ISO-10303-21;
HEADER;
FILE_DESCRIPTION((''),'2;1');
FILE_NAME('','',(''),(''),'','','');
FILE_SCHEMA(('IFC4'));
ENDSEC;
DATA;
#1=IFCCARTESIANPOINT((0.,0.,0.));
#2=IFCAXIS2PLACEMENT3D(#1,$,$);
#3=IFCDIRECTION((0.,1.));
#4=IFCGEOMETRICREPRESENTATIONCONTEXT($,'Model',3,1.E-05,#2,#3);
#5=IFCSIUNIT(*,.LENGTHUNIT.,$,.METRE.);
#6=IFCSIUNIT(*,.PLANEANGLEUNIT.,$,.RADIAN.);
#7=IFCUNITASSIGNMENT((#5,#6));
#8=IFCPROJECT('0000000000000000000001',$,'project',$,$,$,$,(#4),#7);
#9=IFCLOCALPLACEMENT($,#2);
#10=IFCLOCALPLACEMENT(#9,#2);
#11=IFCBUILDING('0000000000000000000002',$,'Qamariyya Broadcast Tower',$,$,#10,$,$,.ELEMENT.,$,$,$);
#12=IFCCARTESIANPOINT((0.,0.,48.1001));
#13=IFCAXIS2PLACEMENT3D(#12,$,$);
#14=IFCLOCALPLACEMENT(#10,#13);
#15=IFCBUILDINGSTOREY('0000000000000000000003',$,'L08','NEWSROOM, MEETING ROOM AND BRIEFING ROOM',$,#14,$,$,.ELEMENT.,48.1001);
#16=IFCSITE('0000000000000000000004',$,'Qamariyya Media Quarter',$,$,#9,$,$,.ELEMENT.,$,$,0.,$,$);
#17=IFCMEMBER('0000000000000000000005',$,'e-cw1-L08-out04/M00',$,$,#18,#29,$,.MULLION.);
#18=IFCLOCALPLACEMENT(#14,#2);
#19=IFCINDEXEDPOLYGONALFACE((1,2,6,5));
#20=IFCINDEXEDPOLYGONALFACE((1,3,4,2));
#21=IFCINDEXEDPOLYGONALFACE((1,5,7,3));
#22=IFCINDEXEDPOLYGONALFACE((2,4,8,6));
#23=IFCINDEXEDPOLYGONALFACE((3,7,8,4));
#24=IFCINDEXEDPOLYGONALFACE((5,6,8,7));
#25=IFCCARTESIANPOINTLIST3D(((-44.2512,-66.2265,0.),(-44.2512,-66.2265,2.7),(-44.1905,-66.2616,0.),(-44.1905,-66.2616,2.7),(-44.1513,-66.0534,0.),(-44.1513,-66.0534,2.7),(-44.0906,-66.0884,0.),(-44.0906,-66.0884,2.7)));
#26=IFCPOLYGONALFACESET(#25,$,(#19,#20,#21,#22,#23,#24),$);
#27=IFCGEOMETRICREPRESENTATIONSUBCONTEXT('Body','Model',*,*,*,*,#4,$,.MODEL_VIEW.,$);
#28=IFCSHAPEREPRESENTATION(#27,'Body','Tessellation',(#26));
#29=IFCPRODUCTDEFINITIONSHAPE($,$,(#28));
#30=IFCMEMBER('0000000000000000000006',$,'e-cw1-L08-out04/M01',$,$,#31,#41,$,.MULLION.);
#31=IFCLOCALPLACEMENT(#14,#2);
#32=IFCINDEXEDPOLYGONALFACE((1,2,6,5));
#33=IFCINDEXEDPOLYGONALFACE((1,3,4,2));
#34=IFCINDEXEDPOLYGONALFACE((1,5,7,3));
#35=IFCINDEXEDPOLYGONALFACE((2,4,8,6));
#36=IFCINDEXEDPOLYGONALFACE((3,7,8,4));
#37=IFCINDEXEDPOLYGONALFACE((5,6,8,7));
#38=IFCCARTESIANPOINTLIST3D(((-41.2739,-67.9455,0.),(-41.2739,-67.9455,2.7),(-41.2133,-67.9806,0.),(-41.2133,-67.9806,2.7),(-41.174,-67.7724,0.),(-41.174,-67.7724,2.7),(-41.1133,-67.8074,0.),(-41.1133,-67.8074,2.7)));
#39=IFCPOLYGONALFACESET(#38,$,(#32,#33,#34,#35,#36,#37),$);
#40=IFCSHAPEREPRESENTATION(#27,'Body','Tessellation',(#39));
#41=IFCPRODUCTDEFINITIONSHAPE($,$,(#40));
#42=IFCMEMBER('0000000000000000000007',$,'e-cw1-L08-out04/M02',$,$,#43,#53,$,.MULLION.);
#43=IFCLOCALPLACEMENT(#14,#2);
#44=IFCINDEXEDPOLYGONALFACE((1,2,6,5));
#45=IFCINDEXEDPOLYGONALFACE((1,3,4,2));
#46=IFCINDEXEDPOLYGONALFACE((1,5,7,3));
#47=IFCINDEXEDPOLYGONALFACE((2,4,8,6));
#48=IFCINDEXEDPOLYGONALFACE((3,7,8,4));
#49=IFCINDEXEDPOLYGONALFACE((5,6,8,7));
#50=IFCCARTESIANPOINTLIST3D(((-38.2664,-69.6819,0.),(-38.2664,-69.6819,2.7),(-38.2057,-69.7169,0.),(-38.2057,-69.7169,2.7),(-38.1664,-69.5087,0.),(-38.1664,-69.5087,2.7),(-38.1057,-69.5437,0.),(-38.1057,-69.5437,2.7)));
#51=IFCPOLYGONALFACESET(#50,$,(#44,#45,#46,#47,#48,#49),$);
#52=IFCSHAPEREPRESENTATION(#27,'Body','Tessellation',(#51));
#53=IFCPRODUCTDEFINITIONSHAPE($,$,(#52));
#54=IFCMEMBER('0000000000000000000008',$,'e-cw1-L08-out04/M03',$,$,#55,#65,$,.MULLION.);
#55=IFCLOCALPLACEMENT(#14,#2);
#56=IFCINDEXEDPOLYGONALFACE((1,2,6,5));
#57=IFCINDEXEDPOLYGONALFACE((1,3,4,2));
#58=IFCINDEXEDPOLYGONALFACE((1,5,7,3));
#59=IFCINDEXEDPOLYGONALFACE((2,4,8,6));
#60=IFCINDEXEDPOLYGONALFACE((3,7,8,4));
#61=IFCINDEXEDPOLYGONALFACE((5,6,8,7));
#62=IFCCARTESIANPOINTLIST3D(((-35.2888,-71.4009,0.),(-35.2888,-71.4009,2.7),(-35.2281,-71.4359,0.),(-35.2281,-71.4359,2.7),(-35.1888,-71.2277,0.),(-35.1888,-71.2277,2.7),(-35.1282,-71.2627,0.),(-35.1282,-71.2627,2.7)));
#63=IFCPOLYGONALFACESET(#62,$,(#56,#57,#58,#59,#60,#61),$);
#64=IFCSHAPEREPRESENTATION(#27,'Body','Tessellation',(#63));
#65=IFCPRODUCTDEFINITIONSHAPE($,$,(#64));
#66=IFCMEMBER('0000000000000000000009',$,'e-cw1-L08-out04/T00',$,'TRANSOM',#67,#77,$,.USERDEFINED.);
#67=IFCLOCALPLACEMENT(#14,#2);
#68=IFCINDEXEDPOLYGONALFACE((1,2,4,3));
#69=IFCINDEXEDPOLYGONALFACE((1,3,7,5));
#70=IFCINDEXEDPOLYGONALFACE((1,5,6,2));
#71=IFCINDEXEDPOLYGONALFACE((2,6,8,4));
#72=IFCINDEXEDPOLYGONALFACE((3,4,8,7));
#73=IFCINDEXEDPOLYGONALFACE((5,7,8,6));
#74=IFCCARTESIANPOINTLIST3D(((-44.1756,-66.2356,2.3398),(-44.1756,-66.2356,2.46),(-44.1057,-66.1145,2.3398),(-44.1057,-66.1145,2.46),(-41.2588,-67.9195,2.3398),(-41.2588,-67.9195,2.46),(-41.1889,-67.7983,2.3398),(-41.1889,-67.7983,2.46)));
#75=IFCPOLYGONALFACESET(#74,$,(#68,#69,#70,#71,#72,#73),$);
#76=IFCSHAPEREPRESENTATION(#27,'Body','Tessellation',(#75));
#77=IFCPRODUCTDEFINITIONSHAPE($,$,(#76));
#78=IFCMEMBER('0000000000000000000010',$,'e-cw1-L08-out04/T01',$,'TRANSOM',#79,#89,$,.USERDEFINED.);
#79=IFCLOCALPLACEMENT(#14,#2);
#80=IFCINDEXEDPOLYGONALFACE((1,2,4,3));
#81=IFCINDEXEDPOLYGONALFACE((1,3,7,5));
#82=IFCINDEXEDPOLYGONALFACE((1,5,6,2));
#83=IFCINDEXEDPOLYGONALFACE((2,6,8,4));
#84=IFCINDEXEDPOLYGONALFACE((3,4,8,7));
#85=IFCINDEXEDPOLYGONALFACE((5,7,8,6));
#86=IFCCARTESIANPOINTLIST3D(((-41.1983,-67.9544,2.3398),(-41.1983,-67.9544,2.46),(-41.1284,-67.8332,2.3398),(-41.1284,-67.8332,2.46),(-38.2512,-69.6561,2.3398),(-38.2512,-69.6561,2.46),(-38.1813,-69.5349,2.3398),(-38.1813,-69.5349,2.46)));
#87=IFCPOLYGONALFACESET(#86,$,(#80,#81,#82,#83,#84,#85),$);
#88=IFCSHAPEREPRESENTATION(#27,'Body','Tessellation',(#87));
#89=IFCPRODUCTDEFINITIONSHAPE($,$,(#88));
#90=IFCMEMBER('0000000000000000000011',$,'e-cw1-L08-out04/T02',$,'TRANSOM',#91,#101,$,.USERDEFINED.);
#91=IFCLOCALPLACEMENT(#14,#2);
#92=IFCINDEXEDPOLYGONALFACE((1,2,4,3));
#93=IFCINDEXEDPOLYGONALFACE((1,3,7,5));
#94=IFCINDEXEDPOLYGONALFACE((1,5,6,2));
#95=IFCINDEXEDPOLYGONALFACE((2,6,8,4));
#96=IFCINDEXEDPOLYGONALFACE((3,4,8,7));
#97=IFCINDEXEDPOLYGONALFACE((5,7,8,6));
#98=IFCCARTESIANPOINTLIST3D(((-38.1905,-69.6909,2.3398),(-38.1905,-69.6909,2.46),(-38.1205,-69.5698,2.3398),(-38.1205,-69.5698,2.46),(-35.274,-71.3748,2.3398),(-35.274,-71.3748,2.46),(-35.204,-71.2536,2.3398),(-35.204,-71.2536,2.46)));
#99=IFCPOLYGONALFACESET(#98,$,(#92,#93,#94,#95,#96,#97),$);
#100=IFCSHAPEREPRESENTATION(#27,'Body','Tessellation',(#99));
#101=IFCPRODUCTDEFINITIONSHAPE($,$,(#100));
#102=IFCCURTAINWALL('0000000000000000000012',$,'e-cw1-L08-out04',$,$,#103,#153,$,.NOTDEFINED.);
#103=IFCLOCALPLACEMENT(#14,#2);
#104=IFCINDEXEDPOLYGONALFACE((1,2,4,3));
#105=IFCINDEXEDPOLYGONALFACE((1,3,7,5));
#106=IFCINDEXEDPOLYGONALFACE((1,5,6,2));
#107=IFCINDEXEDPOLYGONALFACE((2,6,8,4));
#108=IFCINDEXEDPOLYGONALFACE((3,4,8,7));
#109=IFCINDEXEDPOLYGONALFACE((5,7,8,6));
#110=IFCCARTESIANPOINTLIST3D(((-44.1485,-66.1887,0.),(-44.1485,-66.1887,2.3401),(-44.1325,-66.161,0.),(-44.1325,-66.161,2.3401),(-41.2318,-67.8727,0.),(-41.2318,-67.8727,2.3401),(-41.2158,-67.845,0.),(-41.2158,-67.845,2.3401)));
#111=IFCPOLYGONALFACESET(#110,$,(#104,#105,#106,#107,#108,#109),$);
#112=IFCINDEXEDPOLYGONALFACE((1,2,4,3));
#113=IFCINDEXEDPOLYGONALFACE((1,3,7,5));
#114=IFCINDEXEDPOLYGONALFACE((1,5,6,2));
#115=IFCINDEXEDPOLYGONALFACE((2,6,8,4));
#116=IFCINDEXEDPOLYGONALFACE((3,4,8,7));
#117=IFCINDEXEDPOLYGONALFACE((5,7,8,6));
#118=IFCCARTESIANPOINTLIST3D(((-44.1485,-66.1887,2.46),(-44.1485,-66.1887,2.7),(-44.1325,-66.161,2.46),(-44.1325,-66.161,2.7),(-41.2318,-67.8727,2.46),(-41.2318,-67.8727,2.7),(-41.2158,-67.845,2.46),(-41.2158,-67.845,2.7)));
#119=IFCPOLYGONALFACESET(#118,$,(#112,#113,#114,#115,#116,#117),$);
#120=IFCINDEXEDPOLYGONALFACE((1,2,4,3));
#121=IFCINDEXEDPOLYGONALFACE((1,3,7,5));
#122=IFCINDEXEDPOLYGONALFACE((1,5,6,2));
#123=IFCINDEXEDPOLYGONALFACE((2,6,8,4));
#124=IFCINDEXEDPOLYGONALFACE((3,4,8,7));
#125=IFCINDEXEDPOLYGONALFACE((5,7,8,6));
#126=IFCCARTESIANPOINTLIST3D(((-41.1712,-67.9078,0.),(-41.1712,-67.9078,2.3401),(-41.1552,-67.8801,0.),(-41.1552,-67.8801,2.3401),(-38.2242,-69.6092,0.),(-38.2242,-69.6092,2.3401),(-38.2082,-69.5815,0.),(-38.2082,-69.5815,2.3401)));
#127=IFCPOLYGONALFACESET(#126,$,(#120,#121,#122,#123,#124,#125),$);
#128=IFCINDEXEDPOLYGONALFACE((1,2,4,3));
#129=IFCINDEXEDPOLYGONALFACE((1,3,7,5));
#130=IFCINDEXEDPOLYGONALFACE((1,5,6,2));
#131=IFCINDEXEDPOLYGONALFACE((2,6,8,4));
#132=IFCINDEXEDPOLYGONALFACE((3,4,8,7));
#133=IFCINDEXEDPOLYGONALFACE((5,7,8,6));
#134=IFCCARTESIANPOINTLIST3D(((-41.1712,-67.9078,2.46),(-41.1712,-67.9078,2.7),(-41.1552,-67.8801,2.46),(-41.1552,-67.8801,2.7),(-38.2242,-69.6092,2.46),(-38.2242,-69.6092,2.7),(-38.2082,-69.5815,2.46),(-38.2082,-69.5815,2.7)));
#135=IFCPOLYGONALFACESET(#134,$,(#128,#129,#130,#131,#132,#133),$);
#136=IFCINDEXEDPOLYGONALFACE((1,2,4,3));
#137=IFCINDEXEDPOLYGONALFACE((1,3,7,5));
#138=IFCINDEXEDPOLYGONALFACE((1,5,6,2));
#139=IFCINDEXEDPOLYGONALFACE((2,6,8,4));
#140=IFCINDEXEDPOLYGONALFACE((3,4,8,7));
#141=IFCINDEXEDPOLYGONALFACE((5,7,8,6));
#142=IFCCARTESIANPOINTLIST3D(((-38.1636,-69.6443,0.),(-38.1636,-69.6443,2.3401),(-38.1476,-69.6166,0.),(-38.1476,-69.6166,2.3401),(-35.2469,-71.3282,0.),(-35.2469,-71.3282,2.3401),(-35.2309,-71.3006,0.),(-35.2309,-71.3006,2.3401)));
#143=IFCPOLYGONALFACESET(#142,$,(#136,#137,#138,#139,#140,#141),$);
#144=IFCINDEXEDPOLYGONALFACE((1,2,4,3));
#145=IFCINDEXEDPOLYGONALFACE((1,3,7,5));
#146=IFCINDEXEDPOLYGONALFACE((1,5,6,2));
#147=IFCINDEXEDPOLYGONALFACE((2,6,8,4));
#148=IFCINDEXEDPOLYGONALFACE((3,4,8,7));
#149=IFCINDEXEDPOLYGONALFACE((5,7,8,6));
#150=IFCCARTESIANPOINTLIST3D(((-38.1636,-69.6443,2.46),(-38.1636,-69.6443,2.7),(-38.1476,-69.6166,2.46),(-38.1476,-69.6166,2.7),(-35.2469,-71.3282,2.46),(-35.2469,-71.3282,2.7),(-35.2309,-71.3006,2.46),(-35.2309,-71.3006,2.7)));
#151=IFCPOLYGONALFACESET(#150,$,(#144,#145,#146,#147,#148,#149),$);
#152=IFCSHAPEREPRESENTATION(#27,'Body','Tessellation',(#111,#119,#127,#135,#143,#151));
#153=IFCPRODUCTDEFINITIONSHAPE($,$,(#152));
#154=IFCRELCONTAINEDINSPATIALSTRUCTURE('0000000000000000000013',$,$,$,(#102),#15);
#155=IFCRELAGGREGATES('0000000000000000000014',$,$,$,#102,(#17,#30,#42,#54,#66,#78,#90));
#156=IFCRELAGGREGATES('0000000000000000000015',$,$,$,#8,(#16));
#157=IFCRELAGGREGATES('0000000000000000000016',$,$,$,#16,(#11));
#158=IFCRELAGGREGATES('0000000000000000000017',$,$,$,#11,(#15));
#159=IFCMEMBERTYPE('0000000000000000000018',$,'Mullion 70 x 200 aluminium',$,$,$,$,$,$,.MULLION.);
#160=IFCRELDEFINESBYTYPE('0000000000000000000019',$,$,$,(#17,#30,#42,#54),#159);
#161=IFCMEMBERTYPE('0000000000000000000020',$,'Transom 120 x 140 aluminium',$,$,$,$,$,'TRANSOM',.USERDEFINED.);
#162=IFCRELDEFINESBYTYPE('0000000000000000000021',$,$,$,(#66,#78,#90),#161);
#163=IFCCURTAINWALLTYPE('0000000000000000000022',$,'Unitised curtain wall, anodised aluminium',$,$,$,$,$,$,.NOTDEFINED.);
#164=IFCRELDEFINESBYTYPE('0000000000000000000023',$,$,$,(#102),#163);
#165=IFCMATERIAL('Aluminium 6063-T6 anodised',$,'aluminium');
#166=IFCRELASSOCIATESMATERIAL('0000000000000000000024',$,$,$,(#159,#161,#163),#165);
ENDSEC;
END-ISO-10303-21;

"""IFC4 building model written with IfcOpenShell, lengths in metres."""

from ifc_helpers import new_model, si_unit, direction, frame, origin, origin_2d, place, context, subcontext, project, spatial, rectangle, extrude, material, material_profile, profile_set, type_object, element, aggregate, save


model = new_model("IFC4")

# Units and contexts
model_context = context("Model", 3, precision=1e-05, world=origin(), true_north=direction((0.0, 1.0)))
body_context = subcontext(model_context, "Body", "Model", "MODEL_VIEW")
ifc_project = project(units=[si_unit("LENGTHUNIT", "METRE"), si_unit("PLANEANGLEUNIT", "RADIAN")], contexts=[model_context])

# Members
ifc_material = material(Name="Aluminium 6063-T6 anodised", Category="aluminium")
ifc_material_profile_1 = material_profile(ifc_material, rectangle(XDim=0.2, YDim=0.0701, at=origin_2d()))
ifc_profile_set_1 = profile_set([ifc_material_profile_1], Name="Aluminium 6063-T6 anodised")
member_type_1 = type_object("IfcMemberType", Name="Mullion 70 x 200 aluminium", PredefinedType="MULLION", material=ifc_profile_set_1)
site_placement = place(None, origin())
building_placement = place(site_placement, origin())
storey_placement = place(building_placement, frame((0.0, 0.0, 48.1001)))
member_1_placement = place(storey_placement, frame((-44.1709, -66.1575, 0.0), z_axis=(0.0, 0.0, 1.0), x_axis=(0.5, 0.866025, 0.0)))
member_1 = element("IfcMember", 1, at=member_1_placement, type_object=member_type_1, Name="e-cw1-L08-out04/M00", PredefinedType="MULLION", context=body_context, shape_type="SweptSolid", body=[
    extrude(rectangle(XDim=0.2, YDim=0.0701, at=origin_2d()), origin(), (0.0, 0.0, 1.0), 2.7),
])
member_2_placement = place(storey_placement, frame((-41.1936, -67.8765, 0.0), z_axis=(0.0, 0.0, 1.0), x_axis=(0.5, 0.866025, 0.0)))
member_2 = element("IfcMember", 2, at=member_2_placement, type_object=member_type_1, Name="e-cw1-L08-out04/M01", PredefinedType="MULLION", context=body_context, shape_type="SweptSolid", body=[
    extrude(rectangle(XDim=0.2, YDim=0.0701, at=origin_2d()), origin(), (0.0, 0.0, 1.0), 2.7),
])
member_3_placement = place(storey_placement, frame((-38.186, -69.6128, 0.0), z_axis=(0.0, 0.0, 1.0), x_axis=(0.5, 0.866025, 0.0)))
member_3 = element("IfcMember", 3, at=member_3_placement, type_object=member_type_1, Name="e-cw1-L08-out04/M02", PredefinedType="MULLION", context=body_context, shape_type="SweptSolid", body=[
    extrude(rectangle(XDim=0.2, YDim=0.0701, at=origin_2d()), origin(), (0.0, 0.0, 1.0), 2.7),
])
member_4_placement = place(storey_placement, frame((-35.2085, -71.3318, 0.0), z_axis=(0.0, 0.0, 1.0), x_axis=(0.5, 0.866025, 0.0)))
member_4 = element("IfcMember", 4, at=member_4_placement, type_object=member_type_1, Name="e-cw1-L08-out04/M03", PredefinedType="MULLION", context=body_context, shape_type="SweptSolid", body=[
    extrude(rectangle(XDim=0.2, YDim=0.0701, at=origin_2d()), origin(), (0.0, 0.0, 1.0), 2.7),
])
ifc_material_profile_2 = material_profile(ifc_material, rectangle(XDim=0.1399, YDim=0.1201, at=origin_2d()))
ifc_profile_set_2 = profile_set([ifc_material_profile_2], Name="Aluminium 6063-T6 anodised")
member_type_2 = type_object("IfcMemberType", Name="Transom 120 x 140 aluminium", ElementType="TRANSOM", PredefinedType="USERDEFINED", material=ifc_profile_set_2)
member_5_placement = place(storey_placement, frame((-44.1406, -66.175, 2.3999), z_axis=(0.866044, -0.499967, 0.0), x_axis=(0.499967, 0.866044, 0.0)))
member_5 = element("IfcMember", 5, at=member_5_placement, type_object=member_type_2, Name="e-cw1-L08-out04/T00", ObjectType="TRANSOM", PredefinedType="USERDEFINED", context=body_context, shape_type="SweptSolid", body=[
    extrude(rectangle(XDim=0.1399, YDim=0.1201, at=origin_2d()), origin(), (0.0, 0.0, 1.0), 3.3679),
])
member_6_placement = place(storey_placement, frame((-41.1633, -67.8938, 2.3999), z_axis=(0.866, -0.500043, 0.0), x_axis=(0.500043, 0.866, 0.0)))
member_6 = element("IfcMember", 6, at=member_6_placement, type_object=member_type_2, Name="e-cw1-L08-out04/T01", ObjectType="TRANSOM", PredefinedType="USERDEFINED", context=body_context, shape_type="SweptSolid", body=[
    extrude(rectangle(XDim=0.1399, YDim=0.1201, at=origin_2d()), origin(), (0.0, 0.0, 1.0), 3.4031),
])
member_7_placement = place(storey_placement, frame((-38.1555, -69.6304, 2.3999), z_axis=(0.866026, -0.499999, 0.0), x_axis=(0.499999, 0.866026, 0.0)))
member_7 = element("IfcMember", 7, at=member_7_placement, type_object=member_type_2, Name="e-cw1-L08-out04/T02", ObjectType="TRANSOM", PredefinedType="USERDEFINED", context=body_context, shape_type="SweptSolid", body=[
    extrude(rectangle(XDim=0.1399, YDim=0.1201, at=origin_2d()), origin(), (0.0, 0.0, 1.0), 3.3677),
])

# Site, building, storey
site = spatial("IfcSite", under=ifc_project, at=site_placement, Name="Qamariyya Media Quarter", CompositionType="ELEMENT", RefElevation=0.0)
building = spatial("IfcBuilding", under=site, at=building_placement, Name="Qamariyya Broadcast Tower", CompositionType="ELEMENT")
storey = spatial("IfcBuildingStorey", under=building, at=storey_placement, Name="L08", Description="NEWSROOM, MEETING ROOM AND BRIEFING ROOM", CompositionType="ELEMENT", Elevation=48.1001)

# Curtain wall
curtain_wall_type = type_object("IfcCurtainWallType", Name="Unitised curtain wall, anodised aluminium", PredefinedType="NOTDEFINED", material=ifc_material)
curtain_wall_1_placement = place(storey_placement, origin())
curtain_wall_1 = element("IfcCurtainWall", 8, at=curtain_wall_1_placement, inside=storey, type_object=curtain_wall_type, Name="e-cw1-L08-out04", PredefinedType="NOTDEFINED", context=body_context, shape_type="SweptSolid", body=[
    extrude(rectangle(XDim=3.3679, YDim=0.032, at=origin_2d()), frame((-42.6821, -67.0168, 0.0), x_axis=(0.866022, -0.500005, 0.0)), (0.0, 0.0, 1.0), 2.3401),
    extrude(rectangle(XDim=3.3679, YDim=0.032, at=origin_2d()), frame((-42.6821, -67.0168, 2.46), x_axis=(0.866022, -0.500005, 0.0)), (0.0, 0.0, 1.0), 0.24),
    extrude(rectangle(XDim=3.4028, YDim=0.032, at=origin_2d()), frame((-39.6897, -68.7446, 0.0), x_axis=(0.866022, -0.500005, 0.0)), (0.0, 0.0, 1.0), 2.3401),
    extrude(rectangle(XDim=3.4028, YDim=0.032, at=origin_2d()), frame((-39.6897, -68.7446, 2.46), x_axis=(0.866022, -0.500005, 0.0)), (0.0, 0.0, 1.0), 0.24),
    extrude(rectangle(XDim=3.3679, YDim=0.032, at=origin_2d()), frame((-36.6973, -70.4724, 0.0), x_axis=(0.866022, -0.500005, 0.0)), (0.0, 0.0, 1.0), 2.3401),
    extrude(rectangle(XDim=3.3679, YDim=0.032, at=origin_2d()), frame((-36.6973, -70.4724, 2.46), x_axis=(0.866022, -0.500005, 0.0)), (0.0, 0.0, 1.0), 0.24),
])
aggregate(curtain_wall_1, [member_1, member_2, member_3, member_4, member_5, member_6, member_7])

save(model, "model.ifc")
